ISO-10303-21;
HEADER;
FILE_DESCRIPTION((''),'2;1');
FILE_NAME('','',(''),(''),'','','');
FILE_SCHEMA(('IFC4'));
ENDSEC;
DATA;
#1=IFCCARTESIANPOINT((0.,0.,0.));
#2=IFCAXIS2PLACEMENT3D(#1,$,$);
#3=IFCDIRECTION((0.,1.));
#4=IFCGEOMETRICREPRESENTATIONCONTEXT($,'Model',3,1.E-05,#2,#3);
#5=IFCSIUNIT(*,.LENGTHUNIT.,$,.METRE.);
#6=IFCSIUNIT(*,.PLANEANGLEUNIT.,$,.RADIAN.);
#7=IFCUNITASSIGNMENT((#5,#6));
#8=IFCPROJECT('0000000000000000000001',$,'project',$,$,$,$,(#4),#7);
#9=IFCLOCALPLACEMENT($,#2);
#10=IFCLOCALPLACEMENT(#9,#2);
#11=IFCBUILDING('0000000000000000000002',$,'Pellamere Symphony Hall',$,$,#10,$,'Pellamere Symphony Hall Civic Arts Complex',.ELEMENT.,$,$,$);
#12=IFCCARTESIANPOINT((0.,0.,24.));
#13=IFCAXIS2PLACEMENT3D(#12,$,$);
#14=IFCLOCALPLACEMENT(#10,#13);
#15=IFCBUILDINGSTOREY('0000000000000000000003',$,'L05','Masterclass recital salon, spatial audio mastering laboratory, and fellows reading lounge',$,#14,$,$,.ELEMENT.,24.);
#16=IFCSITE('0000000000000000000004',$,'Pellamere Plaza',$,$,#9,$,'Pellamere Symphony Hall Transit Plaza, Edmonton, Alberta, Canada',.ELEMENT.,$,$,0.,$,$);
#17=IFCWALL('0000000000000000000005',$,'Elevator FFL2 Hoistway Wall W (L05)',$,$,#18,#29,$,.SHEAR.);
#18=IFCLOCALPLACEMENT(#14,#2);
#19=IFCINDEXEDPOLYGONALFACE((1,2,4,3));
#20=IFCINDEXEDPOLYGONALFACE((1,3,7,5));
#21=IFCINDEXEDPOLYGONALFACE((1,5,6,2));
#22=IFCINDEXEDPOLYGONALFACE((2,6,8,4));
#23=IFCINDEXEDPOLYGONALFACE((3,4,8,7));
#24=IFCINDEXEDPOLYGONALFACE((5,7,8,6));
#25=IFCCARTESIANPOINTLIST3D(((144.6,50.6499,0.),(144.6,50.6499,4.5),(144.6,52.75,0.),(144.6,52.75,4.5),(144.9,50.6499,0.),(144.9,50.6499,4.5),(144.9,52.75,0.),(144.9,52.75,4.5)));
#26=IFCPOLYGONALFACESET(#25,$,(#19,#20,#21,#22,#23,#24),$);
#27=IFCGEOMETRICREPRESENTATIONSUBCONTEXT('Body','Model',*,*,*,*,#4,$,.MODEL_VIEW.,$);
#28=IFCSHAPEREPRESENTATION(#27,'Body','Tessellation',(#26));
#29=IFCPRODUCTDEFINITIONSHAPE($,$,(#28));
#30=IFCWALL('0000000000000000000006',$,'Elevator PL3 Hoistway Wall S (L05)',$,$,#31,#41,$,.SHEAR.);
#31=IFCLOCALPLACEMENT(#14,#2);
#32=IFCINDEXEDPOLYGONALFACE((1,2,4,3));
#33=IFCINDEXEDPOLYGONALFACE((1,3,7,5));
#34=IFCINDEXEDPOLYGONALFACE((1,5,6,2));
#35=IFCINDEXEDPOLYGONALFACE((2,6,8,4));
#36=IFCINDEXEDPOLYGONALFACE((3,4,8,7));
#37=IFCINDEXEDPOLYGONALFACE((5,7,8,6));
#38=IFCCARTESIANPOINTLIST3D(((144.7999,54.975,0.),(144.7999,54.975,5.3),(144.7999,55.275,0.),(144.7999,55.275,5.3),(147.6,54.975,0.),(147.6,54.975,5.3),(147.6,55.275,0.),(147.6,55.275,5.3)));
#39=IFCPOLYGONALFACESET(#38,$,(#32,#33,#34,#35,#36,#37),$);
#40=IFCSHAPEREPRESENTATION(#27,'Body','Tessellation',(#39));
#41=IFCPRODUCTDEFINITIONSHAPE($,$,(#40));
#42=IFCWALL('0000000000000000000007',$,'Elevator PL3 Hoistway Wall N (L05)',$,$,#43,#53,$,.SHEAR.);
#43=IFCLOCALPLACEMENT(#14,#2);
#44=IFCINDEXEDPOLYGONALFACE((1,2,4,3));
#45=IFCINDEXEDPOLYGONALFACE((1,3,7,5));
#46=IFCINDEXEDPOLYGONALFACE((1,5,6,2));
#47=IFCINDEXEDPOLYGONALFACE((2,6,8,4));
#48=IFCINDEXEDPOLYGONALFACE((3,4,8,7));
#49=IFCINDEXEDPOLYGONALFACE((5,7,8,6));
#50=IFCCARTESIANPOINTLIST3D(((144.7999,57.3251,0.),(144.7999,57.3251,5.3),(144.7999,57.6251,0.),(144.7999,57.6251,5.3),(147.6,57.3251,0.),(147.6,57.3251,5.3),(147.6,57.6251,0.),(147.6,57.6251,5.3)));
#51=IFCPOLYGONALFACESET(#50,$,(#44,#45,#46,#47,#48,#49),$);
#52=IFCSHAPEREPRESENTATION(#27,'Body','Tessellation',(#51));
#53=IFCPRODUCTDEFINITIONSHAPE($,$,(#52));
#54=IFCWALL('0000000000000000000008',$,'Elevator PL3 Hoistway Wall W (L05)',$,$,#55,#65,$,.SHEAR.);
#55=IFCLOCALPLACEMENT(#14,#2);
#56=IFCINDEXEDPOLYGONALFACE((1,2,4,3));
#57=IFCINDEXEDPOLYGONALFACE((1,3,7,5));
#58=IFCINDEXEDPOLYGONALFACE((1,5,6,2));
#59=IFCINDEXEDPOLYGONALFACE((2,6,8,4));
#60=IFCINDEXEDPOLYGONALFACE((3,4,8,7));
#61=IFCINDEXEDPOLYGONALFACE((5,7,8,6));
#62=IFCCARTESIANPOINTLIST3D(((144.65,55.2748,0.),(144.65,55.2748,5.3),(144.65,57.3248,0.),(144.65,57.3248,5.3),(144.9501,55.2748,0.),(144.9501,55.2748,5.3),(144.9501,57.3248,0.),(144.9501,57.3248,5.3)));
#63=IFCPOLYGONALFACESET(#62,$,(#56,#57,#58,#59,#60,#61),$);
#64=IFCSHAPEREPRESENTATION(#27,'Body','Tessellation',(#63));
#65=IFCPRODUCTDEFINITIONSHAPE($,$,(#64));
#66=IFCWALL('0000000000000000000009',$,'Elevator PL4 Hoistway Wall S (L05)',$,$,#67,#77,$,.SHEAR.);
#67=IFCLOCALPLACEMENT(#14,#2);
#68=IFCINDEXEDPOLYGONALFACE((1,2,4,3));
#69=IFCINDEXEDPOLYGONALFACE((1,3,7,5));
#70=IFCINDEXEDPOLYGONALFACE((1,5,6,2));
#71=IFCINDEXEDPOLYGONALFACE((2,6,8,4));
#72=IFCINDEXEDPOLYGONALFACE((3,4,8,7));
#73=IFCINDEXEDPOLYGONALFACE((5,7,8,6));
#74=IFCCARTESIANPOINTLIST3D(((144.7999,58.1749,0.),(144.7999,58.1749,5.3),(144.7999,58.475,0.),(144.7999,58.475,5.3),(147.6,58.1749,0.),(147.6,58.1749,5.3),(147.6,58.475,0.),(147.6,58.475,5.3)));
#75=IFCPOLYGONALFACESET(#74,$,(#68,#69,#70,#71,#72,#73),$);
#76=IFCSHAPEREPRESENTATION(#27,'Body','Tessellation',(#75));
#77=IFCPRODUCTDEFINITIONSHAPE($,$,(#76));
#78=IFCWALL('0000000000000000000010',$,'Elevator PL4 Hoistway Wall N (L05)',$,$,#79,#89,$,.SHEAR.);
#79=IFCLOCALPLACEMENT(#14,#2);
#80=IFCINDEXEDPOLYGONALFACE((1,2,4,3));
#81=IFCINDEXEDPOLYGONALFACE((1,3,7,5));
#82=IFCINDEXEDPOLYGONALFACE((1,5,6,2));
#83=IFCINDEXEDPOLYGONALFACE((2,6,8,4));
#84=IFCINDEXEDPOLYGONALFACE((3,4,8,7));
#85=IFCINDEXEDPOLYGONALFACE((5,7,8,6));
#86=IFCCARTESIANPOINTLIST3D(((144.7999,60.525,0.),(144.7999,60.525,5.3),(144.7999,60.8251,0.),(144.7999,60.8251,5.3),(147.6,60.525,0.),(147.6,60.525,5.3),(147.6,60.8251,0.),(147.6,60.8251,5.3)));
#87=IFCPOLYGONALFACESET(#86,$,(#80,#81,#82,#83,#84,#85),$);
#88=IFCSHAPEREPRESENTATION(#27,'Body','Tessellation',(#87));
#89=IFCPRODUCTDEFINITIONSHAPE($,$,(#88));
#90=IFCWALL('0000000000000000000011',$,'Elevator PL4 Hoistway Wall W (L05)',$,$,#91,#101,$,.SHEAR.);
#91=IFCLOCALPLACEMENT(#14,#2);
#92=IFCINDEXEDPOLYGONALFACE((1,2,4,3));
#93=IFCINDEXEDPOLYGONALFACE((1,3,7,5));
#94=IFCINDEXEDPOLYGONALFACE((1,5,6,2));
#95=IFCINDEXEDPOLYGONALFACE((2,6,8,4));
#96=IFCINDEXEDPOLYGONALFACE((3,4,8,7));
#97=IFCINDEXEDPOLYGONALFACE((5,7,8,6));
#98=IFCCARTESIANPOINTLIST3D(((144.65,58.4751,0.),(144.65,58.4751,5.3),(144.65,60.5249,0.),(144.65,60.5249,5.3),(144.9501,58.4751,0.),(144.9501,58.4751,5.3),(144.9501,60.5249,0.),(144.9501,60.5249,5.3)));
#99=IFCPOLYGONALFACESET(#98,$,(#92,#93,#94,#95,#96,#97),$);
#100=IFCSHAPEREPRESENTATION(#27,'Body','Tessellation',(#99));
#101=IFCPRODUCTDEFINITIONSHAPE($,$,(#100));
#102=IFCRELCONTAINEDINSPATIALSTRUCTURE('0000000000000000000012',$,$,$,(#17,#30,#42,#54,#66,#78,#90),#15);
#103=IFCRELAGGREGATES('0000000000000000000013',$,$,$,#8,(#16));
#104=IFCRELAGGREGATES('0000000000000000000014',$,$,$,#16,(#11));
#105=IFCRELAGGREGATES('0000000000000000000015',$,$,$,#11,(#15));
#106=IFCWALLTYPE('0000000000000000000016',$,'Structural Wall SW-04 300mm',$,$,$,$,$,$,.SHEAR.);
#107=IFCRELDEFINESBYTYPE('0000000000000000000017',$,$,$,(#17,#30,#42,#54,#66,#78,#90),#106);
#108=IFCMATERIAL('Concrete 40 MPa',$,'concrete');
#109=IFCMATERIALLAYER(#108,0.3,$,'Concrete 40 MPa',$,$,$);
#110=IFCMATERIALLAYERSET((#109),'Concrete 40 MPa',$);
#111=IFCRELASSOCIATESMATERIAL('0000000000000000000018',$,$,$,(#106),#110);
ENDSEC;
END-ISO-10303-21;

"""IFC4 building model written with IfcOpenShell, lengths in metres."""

from ifc_helpers import new_model, si_unit, direction, frame, frame_2d, origin, place, context, subcontext, project, spatial, rectangle, extrude, material, layer, layer_set, type_object, element, save


model = new_model("IFC4")

# Units and contexts
model_context = context("Model", 3, precision=1e-05, world=origin(), true_north=direction((0.0, 1.0)))
body_context = subcontext(model_context, "Body", "Model", "MODEL_VIEW")
ifc_project = project(units=[si_unit("LENGTHUNIT", "METRE"), si_unit("PLANEANGLEUNIT", "RADIAN")], contexts=[model_context])

# Site, building, storey
site_placement = place(None, origin())
site = spatial("IfcSite", under=ifc_project, at=site_placement, Name="Pellamere Plaza", LongName="Pellamere Symphony Hall Transit Plaza, Edmonton, Alberta, Canada", CompositionType="ELEMENT", RefElevation=0.0)
building_placement = place(site_placement, origin())
building = spatial("IfcBuilding", under=site, at=building_placement, Name="Pellamere Symphony Hall", LongName="Pellamere Symphony Hall Civic Arts Complex", CompositionType="ELEMENT")
storey_placement = place(building_placement, frame((0.0, 0.0, 24.0)))
storey = spatial("IfcBuildingStorey", under=building, at=storey_placement, Name="L05", Description="Masterclass recital salon, spatial audio mastering laboratory, and fellows reading lounge", CompositionType="ELEMENT", Elevation=24.0)

# Shared definitions
ifc_material_1 = material(Name="Concrete 40 MPa", Category="concrete")

# Walls
ifc_layer_1 = layer(ifc_material_1, 0.3, Name="Concrete 40 MPa")
ifc_layer_set_1 = layer_set([ifc_layer_1], Name="Concrete 40 MPa")
wall_type_1 = type_object("IfcWallType", Name="Structural Wall SW-04 300mm", PredefinedType="SHEAR", material=ifc_layer_set_1)
wall_1_placement = place(storey_placement, frame((144.75, 50.6499, 0.0), z_axis=(0.0, 0.0, 1.0), x_axis=(0.0, 1.0, 0.0)))
element("IfcWall", 1, at=wall_1_placement, inside=storey, type_object=wall_type_1, Name="Elevator FFL2 Hoistway Wall W (L05)", PredefinedType="SHEAR", context=body_context, shape_type="SweptSolid", body=[
    extrude(rectangle(XDim=2.1001, YDim=0.3, at=frame_2d((1.05, 0.0))), origin(), (0.0, 0.0, 1.0), 4.5),
])
for number, where, z_axis, x_axis, name in (
    (2, (144.8, 55.125, 0.0), (0.0, 0.0, 1.0), (1.0, 0.0, 0.0), "Elevator PL3 Hoistway Wall S (L05)"),
    (3, (144.8, 57.4751, 0.0), (0.0, 0.0, 1.0), (1.0, 0.0, 0.0), "Elevator PL3 Hoistway Wall N (L05)"),
):
    element("IfcWall", number, at=place(storey_placement, frame(where, z_axis=z_axis, x_axis=x_axis)), inside=storey, type_object=wall_type_1, Name=name, PredefinedType="SHEAR", context=body_context, shape_type="SweptSolid", body=[
        extrude(rectangle(XDim=2.8, YDim=0.3, at=frame_2d((1.3999, 0.0))), origin(), (0.0, 0.0, 1.0), 5.3),
    ])
wall_2_placement = place(storey_placement, frame((144.8, 55.2749, 0.0), z_axis=(0.0, 0.0, 1.0), x_axis=(0.0, 1.0, 0.0)))
element("IfcWall", 4, at=wall_2_placement, inside=storey, type_object=wall_type_1, Name="Elevator PL3 Hoistway Wall W (L05)", PredefinedType="SHEAR", context=body_context, shape_type="SweptSolid", body=[
    extrude(rectangle(XDim=2.05, YDim=0.3, at=frame_2d((1.0249, 0.0))), origin(), (0.0, 0.0, 1.0), 5.3),
])
for number, where, z_axis, x_axis, name in (
    (5, (144.8, 58.325, 0.0), (0.0, 0.0, 1.0), (1.0, 0.0, 0.0), "Elevator PL4 Hoistway Wall S (L05)"),
    (6, (144.8, 60.675, 0.0), (0.0, 0.0, 1.0), (1.0, 0.0, 0.0), "Elevator PL4 Hoistway Wall N (L05)"),
):
    element("IfcWall", number, at=place(storey_placement, frame(where, z_axis=z_axis, x_axis=x_axis)), inside=storey, type_object=wall_type_1, Name=name, PredefinedType="SHEAR", context=body_context, shape_type="SweptSolid", body=[
        extrude(rectangle(XDim=2.8, YDim=0.3, at=frame_2d((1.3999, 0.0))), origin(), (0.0, 0.0, 1.0), 5.3),
    ])
wall_3_placement = place(storey_placement, frame((144.8, 58.4751, 0.0), z_axis=(0.0, 0.0, 1.0), x_axis=(0.0, 1.0, 0.0)))
element("IfcWall", 7, at=wall_3_placement, inside=storey, type_object=wall_type_1, Name="Elevator PL4 Hoistway Wall W (L05)", PredefinedType="SHEAR", context=body_context, shape_type="SweptSolid", body=[
    extrude(rectangle(XDim=2.0498, YDim=0.3, at=frame_2d((1.0249, 0.0))), origin(), (0.0, 0.0, 1.0), 5.3),
])

save(model, "model.ifc")
